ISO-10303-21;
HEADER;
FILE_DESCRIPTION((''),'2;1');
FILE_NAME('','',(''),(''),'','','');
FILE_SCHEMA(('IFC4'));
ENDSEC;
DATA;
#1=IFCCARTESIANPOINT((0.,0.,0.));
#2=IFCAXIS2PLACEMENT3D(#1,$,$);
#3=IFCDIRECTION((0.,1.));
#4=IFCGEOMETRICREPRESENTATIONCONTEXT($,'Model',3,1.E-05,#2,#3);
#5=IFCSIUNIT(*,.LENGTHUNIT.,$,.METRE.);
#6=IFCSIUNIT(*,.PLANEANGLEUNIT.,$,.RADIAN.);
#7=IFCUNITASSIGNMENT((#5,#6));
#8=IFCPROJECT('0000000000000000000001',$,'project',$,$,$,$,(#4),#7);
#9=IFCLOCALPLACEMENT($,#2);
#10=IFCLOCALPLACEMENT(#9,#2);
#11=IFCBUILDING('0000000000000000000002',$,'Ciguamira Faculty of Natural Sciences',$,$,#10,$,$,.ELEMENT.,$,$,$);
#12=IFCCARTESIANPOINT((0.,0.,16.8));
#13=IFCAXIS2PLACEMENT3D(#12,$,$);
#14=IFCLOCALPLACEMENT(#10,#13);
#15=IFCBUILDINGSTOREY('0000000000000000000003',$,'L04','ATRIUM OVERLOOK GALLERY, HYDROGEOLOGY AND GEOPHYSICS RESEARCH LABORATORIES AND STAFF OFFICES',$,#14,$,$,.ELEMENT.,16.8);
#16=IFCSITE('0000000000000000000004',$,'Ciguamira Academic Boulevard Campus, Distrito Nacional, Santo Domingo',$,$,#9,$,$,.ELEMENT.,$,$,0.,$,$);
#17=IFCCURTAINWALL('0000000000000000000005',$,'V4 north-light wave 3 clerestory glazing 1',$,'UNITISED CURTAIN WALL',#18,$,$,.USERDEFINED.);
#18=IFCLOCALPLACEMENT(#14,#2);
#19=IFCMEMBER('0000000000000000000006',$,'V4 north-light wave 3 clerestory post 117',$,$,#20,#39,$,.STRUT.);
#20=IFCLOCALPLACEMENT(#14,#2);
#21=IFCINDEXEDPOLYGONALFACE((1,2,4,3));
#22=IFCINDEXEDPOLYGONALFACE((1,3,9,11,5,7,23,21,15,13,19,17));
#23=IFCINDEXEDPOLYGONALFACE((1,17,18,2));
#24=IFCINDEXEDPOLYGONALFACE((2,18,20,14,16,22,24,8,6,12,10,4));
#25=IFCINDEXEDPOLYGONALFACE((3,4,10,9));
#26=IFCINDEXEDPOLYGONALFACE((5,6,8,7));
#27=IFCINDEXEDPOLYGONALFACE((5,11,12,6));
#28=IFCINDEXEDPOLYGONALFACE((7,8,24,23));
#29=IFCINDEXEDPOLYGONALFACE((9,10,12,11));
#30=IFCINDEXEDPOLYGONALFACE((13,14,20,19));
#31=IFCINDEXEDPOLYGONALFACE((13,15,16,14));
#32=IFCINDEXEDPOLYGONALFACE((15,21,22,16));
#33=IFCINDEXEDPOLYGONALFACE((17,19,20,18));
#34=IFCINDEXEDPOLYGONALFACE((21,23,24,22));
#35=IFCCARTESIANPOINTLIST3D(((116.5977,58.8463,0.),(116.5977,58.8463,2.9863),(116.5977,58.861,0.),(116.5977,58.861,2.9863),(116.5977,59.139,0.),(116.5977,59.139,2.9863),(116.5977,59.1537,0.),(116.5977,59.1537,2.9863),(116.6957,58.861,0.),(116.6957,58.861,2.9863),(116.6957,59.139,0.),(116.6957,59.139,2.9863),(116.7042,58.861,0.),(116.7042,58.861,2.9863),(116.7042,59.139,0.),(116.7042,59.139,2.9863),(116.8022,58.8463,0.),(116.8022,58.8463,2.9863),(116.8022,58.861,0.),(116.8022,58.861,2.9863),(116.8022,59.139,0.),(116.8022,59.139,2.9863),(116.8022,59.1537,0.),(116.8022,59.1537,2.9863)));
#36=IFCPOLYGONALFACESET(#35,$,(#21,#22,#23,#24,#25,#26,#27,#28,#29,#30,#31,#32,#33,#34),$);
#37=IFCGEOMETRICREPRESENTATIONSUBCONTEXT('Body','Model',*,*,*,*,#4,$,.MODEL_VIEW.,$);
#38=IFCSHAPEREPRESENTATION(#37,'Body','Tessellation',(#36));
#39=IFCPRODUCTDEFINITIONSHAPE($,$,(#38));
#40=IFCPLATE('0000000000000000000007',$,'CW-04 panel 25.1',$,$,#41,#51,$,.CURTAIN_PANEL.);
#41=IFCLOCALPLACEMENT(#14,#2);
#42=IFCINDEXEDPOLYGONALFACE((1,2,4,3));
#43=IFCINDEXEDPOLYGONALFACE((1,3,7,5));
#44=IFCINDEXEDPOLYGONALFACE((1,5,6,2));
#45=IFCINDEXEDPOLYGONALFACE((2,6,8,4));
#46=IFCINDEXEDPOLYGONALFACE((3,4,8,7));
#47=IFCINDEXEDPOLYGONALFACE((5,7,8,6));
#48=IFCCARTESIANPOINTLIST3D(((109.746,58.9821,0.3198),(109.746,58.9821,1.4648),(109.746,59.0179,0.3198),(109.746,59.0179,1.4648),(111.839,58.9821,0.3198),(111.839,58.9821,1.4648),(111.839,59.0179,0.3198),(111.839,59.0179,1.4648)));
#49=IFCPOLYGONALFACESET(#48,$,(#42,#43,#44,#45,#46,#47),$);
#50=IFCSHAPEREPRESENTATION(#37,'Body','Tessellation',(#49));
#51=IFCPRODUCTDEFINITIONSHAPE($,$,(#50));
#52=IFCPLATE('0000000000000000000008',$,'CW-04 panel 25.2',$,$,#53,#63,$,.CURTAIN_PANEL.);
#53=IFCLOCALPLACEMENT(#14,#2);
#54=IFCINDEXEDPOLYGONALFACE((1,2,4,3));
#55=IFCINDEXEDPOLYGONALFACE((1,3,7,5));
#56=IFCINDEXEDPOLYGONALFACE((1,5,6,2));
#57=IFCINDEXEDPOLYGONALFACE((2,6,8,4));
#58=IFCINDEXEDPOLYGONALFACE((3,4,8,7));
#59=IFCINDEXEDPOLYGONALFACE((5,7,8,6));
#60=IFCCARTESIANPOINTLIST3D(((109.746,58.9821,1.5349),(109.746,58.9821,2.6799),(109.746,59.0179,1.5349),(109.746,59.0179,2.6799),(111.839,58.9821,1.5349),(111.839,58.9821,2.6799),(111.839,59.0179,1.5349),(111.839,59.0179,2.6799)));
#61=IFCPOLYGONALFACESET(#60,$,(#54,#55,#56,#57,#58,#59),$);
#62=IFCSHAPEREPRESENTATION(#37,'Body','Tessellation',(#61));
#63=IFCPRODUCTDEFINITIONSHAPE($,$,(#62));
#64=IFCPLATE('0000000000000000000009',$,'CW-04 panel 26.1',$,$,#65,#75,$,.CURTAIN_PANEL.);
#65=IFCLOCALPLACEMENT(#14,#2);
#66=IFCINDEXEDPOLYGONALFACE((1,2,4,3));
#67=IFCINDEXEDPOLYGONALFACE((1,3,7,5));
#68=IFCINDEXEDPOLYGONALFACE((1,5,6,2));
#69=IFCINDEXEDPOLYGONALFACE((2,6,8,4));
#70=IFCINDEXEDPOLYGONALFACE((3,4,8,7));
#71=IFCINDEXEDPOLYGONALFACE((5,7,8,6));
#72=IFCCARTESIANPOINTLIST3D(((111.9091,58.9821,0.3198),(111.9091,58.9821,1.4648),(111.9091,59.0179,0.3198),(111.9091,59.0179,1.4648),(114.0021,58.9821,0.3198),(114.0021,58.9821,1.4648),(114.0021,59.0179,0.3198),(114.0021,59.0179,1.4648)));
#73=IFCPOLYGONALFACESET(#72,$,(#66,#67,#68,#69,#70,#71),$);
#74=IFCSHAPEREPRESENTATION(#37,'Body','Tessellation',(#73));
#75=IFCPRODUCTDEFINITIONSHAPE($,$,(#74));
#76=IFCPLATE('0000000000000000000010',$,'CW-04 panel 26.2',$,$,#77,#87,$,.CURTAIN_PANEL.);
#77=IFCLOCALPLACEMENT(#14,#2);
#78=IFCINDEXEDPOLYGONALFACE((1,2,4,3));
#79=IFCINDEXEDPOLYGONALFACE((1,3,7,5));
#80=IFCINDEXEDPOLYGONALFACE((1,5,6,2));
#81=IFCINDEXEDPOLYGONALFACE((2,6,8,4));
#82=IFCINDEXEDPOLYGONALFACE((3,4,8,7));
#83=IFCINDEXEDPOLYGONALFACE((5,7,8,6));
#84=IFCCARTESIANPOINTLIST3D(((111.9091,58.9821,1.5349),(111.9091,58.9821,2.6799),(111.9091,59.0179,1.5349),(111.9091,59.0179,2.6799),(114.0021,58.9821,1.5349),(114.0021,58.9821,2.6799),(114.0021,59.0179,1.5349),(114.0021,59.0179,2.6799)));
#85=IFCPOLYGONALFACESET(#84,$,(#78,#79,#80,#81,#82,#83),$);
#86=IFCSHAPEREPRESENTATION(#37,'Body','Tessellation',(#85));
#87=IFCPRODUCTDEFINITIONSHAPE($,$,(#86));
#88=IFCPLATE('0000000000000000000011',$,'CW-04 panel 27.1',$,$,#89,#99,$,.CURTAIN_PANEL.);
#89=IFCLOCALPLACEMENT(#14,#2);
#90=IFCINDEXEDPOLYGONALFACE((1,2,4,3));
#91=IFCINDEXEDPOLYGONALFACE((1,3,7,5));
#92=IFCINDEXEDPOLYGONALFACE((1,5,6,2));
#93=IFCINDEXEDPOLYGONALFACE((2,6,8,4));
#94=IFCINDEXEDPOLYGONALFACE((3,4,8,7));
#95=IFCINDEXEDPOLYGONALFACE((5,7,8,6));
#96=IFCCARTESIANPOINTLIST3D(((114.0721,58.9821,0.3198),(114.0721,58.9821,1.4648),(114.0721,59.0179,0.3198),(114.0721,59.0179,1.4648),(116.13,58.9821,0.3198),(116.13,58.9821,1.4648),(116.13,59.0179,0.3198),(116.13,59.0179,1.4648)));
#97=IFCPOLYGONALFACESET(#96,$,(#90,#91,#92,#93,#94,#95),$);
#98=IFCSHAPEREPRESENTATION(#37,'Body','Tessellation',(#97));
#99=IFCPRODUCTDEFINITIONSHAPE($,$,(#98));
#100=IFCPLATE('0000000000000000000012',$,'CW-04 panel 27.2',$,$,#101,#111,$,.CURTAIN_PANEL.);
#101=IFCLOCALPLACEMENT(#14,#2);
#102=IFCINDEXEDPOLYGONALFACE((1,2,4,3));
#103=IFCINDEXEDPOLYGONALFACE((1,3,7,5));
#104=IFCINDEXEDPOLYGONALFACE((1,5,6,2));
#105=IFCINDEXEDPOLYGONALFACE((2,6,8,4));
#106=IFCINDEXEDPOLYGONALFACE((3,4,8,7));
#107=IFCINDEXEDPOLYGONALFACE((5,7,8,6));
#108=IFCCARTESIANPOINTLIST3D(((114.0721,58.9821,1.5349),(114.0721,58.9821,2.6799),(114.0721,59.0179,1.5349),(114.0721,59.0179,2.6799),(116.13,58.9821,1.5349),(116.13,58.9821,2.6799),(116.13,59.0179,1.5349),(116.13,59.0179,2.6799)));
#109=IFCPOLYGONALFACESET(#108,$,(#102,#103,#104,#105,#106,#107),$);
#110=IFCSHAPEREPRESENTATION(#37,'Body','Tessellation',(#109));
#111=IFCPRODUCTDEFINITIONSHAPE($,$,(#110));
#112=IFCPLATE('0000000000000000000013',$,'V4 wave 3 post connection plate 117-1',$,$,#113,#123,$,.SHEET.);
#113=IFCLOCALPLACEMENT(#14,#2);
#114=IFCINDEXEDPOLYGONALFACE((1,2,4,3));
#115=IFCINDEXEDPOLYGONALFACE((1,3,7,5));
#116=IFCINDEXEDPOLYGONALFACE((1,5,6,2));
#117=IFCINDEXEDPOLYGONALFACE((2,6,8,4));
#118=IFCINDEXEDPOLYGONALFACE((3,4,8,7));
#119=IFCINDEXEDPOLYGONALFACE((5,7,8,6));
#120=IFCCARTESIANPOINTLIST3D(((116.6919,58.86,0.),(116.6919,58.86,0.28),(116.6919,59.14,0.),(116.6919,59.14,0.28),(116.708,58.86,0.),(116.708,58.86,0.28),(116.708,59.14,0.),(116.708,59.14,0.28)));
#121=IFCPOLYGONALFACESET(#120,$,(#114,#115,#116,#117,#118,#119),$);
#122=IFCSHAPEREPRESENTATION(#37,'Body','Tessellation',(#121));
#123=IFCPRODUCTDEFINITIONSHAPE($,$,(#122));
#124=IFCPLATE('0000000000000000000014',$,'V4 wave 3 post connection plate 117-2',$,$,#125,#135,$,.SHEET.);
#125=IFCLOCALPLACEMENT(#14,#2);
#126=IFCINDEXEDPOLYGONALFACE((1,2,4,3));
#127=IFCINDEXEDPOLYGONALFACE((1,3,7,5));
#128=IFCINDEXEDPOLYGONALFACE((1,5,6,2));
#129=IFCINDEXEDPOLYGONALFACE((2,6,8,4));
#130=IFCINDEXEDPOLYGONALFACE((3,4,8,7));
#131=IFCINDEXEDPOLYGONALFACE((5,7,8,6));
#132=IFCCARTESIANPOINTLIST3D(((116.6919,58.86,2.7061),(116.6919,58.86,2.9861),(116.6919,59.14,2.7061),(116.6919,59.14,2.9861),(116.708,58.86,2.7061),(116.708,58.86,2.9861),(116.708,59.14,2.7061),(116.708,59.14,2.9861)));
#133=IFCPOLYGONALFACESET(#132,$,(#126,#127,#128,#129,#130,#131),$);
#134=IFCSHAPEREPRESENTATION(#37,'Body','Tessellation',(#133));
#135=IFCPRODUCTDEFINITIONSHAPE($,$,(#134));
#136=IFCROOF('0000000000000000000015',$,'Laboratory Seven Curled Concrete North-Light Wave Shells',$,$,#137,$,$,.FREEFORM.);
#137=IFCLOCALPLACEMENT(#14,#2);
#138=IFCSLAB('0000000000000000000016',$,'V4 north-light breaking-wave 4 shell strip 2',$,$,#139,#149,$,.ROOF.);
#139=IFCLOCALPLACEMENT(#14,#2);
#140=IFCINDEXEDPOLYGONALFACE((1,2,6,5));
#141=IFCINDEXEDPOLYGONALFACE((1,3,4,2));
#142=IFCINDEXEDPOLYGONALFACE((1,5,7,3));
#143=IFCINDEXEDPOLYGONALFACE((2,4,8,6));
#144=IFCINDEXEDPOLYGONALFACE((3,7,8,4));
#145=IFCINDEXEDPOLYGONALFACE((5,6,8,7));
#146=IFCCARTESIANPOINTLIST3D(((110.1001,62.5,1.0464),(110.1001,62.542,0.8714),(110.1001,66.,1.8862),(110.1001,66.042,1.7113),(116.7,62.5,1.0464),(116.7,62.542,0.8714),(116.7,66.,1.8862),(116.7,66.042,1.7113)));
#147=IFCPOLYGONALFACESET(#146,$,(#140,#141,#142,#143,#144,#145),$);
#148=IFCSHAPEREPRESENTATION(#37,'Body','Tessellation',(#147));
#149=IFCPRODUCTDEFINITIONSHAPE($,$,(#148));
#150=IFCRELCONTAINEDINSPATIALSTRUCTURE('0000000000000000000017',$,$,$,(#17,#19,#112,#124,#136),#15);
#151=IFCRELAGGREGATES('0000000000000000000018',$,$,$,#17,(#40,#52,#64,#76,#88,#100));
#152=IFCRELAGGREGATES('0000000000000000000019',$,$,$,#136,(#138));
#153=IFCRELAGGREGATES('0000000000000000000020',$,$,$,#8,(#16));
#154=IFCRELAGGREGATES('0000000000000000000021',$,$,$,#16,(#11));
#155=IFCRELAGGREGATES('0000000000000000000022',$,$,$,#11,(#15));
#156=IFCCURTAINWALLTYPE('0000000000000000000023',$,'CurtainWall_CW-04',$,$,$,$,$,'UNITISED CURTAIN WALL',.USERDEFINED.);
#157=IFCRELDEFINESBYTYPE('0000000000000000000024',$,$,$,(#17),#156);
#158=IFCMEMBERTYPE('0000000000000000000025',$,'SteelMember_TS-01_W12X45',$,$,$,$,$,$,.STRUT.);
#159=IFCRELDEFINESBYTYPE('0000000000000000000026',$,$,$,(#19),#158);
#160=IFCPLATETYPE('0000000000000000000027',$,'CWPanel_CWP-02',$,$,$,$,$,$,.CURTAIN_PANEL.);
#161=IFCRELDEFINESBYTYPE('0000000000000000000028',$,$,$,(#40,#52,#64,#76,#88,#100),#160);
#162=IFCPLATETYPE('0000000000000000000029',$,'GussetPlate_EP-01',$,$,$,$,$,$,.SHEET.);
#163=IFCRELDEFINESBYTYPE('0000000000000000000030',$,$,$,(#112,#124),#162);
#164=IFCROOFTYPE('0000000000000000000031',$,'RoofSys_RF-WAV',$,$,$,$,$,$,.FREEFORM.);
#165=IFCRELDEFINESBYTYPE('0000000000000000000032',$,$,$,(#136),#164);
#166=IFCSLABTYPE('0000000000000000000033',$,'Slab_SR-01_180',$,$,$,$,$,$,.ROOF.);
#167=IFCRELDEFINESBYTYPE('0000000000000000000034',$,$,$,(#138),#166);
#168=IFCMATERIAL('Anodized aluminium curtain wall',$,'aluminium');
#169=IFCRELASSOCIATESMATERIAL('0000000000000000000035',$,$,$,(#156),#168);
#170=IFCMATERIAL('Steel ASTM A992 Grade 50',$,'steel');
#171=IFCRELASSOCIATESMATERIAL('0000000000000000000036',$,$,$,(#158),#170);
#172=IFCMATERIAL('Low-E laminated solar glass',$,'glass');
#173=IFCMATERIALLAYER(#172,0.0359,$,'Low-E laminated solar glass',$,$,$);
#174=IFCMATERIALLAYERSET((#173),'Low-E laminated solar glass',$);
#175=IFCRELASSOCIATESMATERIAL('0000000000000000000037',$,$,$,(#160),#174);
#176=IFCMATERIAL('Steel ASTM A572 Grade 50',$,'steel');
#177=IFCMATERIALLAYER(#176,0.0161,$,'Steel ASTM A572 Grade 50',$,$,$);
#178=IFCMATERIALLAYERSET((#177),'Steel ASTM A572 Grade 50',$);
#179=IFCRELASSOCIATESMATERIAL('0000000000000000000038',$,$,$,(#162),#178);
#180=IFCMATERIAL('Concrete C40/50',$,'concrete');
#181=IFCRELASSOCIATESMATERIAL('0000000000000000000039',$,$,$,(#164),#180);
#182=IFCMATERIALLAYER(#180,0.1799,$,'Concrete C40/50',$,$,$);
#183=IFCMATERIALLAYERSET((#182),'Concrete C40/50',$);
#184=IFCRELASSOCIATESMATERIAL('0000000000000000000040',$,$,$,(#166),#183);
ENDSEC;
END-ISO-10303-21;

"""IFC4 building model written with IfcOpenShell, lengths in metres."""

from ifc_helpers import new_model, si_unit, direction, frame, origin, origin_2d, place, context, subcontext, project, spatial, polyline, rectangle, i_section, outline, extrude, material, layer, layer_set, material_profile, profile_set, type_object, element, aggregate, save


model = new_model("IFC4")

# Units and contexts
model_context = context("Model", 3, precision=1e-05, world=origin(), true_north=direction((0.0, 1.0)))
body_context = subcontext(model_context, "Body", "Model", "MODEL_VIEW")
ifc_project = project(units=[si_unit("LENGTHUNIT", "METRE"), si_unit("PLANEANGLEUNIT", "RADIAN")], contexts=[model_context])

# Site, building, storey
site_placement = place(None, origin())
site = spatial("IfcSite", under=ifc_project, at=site_placement, Name="Ciguamira Academic Boulevard Campus, Distrito Nacional, Santo Domingo", CompositionType="ELEMENT", RefElevation=0.0)
building_placement = place(site_placement, origin())
building = spatial("IfcBuilding", under=site, at=building_placement, Name="Ciguamira Faculty of Natural Sciences", CompositionType="ELEMENT")
storey_placement = place(building_placement, frame((0.0, 0.0, 16.8)))
storey = spatial("IfcBuildingStorey", under=building, at=storey_placement, Name="L04", Description="ATRIUM OVERLOOK GALLERY, HYDROGEOLOGY AND GEOPHYSICS RESEARCH LABORATORIES AND STAFF OFFICES", CompositionType="ELEMENT", Elevation=16.8)

# Curtain wall
ifc_material_1 = material(Name="Anodized aluminium curtain wall", Category="aluminium")
curtain_wall_type = type_object("IfcCurtainWallType", Name="CurtainWall_CW-04", ElementType="UNITISED CURTAIN WALL", PredefinedType="USERDEFINED", material=ifc_material_1)
curtain_wall_placement = place(storey_placement, origin())
curtain_wall = element("IfcCurtainWall", 1, at=curtain_wall_placement, inside=storey, type_object=curtain_wall_type, Name="V4 north-light wave 3 clerestory glazing 1", ObjectType="UNITISED CURTAIN WALL", PredefinedType="USERDEFINED")

# Shared definitions
ifc_material_2 = material(Name="Concrete C40/50", Category="concrete")

# Member
ifc_material_3 = material(Name="Steel ASTM A992 Grade 50", Category="steel")
ifc_material_profile_1 = material_profile(ifc_material_3, i_section(OverallWidth=0.2046, OverallDepth=0.3074, WebThickness=0.0085, FlangeThickness=0.0146, at=origin_2d()), Name="W12X45")
ifc_profile_set_1 = profile_set([ifc_material_profile_1], Name="Steel ASTM A992 Grade 50")
member_type_1 = type_object("IfcMemberType", Name="SteelMember_TS-01_W12X45", PredefinedType="STRUT", material=ifc_profile_set_1)
member_1_placement = place(storey_placement, frame((116.7, 59.0, 0.0), z_axis=(0.0, 0.0, 1.0), x_axis=(1.0, 0.0, 0.0)))
element("IfcMember", 2, at=member_1_placement, inside=storey, type_object=member_type_1, Name="V4 north-light wave 3 clerestory post 117", PredefinedType="STRUT", context=body_context, shape_type="SweptSolid", body=[
    extrude(i_section(OverallWidth=0.2046, OverallDepth=0.3074, WebThickness=0.0085, FlangeThickness=0.0146, at=origin_2d()), origin(), (0.0, 0.0, 1.0), 2.9863),
])

# Plates
ifc_material_4 = material(Name="Low-E laminated solar glass", Category="glass")
ifc_layer_1 = layer(ifc_material_4, 0.0359, Name="Low-E laminated solar glass")
ifc_layer_set_1 = layer_set([ifc_layer_1], Name="Low-E laminated solar glass")
plate_type_1 = type_object("IfcPlateType", Name="CWPanel_CWP-02", PredefinedType="CURTAIN_PANEL", material=ifc_layer_set_1)
plate_1_placement = place(storey_placement, frame((110.7925, 59.0, 0.3198), z_axis=(0.0, 0.0, 1.0), x_axis=(1.0, 0.0, 0.0)))
plate_1 = element("IfcPlate", 3, at=plate_1_placement, type_object=plate_type_1, Name="CW-04 panel 25.1", PredefinedType="CURTAIN_PANEL", context=body_context, shape_type="SweptSolid", body=[
    extrude(rectangle(XDim=2.093, YDim=0.0359, at=origin_2d()), origin(), (0.0, 0.0, 1.0), 1.145),
])
plate_2_placement = place(storey_placement, frame((110.7925, 59.0, 1.5349), z_axis=(0.0, 0.0, 1.0), x_axis=(1.0, 0.0, 0.0)))
plate_2 = element("IfcPlate", 4, at=plate_2_placement, type_object=plate_type_1, Name="CW-04 panel 25.2", PredefinedType="CURTAIN_PANEL", context=body_context, shape_type="SweptSolid", body=[
    extrude(rectangle(XDim=2.093, YDim=0.0359, at=origin_2d()), origin(), (0.0, 0.0, 1.0), 1.145),
])
plate_3_placement = place(storey_placement, frame((112.9556, 59.0, 0.3198), z_axis=(0.0, 0.0, 1.0), x_axis=(1.0, 0.0, 0.0)))
plate_3 = element("IfcPlate", 5, at=plate_3_placement, type_object=plate_type_1, Name="CW-04 panel 26.1", PredefinedType="CURTAIN_PANEL", context=body_context, shape_type="SweptSolid", body=[
    extrude(rectangle(XDim=2.093, YDim=0.0359, at=origin_2d()), origin(), (0.0, 0.0, 1.0), 1.145),
])
plate_4_placement = place(storey_placement, frame((112.9556, 59.0, 1.5349), z_axis=(0.0, 0.0, 1.0), x_axis=(1.0, 0.0, 0.0)))
plate_4 = element("IfcPlate", 6, at=plate_4_placement, type_object=plate_type_1, Name="CW-04 panel 26.2", PredefinedType="CURTAIN_PANEL", context=body_context, shape_type="SweptSolid", body=[
    extrude(rectangle(XDim=2.093, YDim=0.0359, at=origin_2d()), origin(), (0.0, 0.0, 1.0), 1.145),
])
plate_5_placement = place(storey_placement, frame((115.1011, 59.0, 0.3198), z_axis=(0.0, 0.0, 1.0), x_axis=(1.0, 0.0, 0.0)))
plate_5 = element("IfcPlate", 7, at=plate_5_placement, type_object=plate_type_1, Name="CW-04 panel 27.1", PredefinedType="CURTAIN_PANEL", context=body_context, shape_type="SweptSolid", body=[
    extrude(rectangle(XDim=2.0579, YDim=0.0359, at=origin_2d()), origin(), (0.0, 0.0, 1.0), 1.145),
])
plate_6_placement = place(storey_placement, frame((115.1011, 59.0, 1.5349), z_axis=(0.0, 0.0, 1.0), x_axis=(1.0, 0.0, 0.0)))
plate_6 = element("IfcPlate", 8, at=plate_6_placement, type_object=plate_type_1, Name="CW-04 panel 27.2", PredefinedType="CURTAIN_PANEL", context=body_context, shape_type="SweptSolid", body=[
    extrude(rectangle(XDim=2.0579, YDim=0.0359, at=origin_2d()), origin(), (0.0, 0.0, 1.0), 1.145),
])
aggregate(curtain_wall, [plate_1, plate_2, plate_3, plate_4, plate_5, plate_6])

# Plates
ifc_material_5 = material(Name="Steel ASTM A572 Grade 50", Category="steel")
ifc_layer_2 = layer(ifc_material_5, 0.0161, Name="Steel ASTM A572 Grade 50")
ifc_layer_set_2 = layer_set([ifc_layer_2], Name="Steel ASTM A572 Grade 50")
plate_type_2 = type_object("IfcPlateType", Name="GussetPlate_EP-01", PredefinedType="SHEET", material=ifc_layer_set_2)
for number, where, z_axis, x_axis, name in (
    (9, (116.7, 59.0, 0.0), (0.0, 0.0, 1.0), (1.0, 0.0, 0.0), "V4 wave 3 post connection plate 117-1"),
    (10, (116.7, 59.0, 2.7061), (0.0, 0.0, 1.0), (1.0, 0.0, 0.0), "V4 wave 3 post connection plate 117-2"),
):
    element("IfcPlate", number, at=place(storey_placement, frame(where, z_axis=z_axis, x_axis=x_axis)), inside=storey, type_object=plate_type_2, Name=name, PredefinedType="SHEET", context=body_context, shape_type="SweptSolid", body=[
        extrude(rectangle(XDim=0.0161, YDim=0.28, at=origin_2d()), origin(), (0.0, 0.0, 1.0), 0.28),
    ])

# Roof, slab
roof_type = type_object("IfcRoofType", Name="RoofSys_RF-WAV", PredefinedType="FREEFORM", material=ifc_material_2)
roof_placement = place(storey_placement, origin())
roof = element("IfcRoof", 11, at=roof_placement, inside=storey, type_object=roof_type, Name="Laboratory Seven Curled Concrete North-Light Wave Shells", PredefinedType="FREEFORM")
ifc_layer_3 = layer(ifc_material_2, 0.1799, Name="Concrete C40/50")
ifc_layer_set_3 = layer_set([ifc_layer_3], Name="Concrete C40/50")
slab_type = type_object("IfcSlabType", Name="Slab_SR-01_180", PredefinedType="ROOF", material=ifc_layer_set_3)
slab_placement = place(storey_placement, frame((110.1001, 62.5, 1.0464), z_axis=(0.0, -0.233332, 0.972397), x_axis=(1.0, 0.0, 0.0)))
slab = element("IfcSlab", 12, at=slab_placement, type_object=slab_type, Name="V4 north-light breaking-wave 4 shell strip 2", PredefinedType="ROOF", context=body_context, shape_type="SweptSolid", body=[
    extrude(outline(polyline([(0.0, 0.0), (6.5999, 0.0), (6.5999, 3.5994), (0.0, 3.5994), (0.0, 0.0)])), origin(), (0.0, 0.0, -1.0), 0.1799),
])
aggregate(roof, [slab])

save(model, "model.ifc")
